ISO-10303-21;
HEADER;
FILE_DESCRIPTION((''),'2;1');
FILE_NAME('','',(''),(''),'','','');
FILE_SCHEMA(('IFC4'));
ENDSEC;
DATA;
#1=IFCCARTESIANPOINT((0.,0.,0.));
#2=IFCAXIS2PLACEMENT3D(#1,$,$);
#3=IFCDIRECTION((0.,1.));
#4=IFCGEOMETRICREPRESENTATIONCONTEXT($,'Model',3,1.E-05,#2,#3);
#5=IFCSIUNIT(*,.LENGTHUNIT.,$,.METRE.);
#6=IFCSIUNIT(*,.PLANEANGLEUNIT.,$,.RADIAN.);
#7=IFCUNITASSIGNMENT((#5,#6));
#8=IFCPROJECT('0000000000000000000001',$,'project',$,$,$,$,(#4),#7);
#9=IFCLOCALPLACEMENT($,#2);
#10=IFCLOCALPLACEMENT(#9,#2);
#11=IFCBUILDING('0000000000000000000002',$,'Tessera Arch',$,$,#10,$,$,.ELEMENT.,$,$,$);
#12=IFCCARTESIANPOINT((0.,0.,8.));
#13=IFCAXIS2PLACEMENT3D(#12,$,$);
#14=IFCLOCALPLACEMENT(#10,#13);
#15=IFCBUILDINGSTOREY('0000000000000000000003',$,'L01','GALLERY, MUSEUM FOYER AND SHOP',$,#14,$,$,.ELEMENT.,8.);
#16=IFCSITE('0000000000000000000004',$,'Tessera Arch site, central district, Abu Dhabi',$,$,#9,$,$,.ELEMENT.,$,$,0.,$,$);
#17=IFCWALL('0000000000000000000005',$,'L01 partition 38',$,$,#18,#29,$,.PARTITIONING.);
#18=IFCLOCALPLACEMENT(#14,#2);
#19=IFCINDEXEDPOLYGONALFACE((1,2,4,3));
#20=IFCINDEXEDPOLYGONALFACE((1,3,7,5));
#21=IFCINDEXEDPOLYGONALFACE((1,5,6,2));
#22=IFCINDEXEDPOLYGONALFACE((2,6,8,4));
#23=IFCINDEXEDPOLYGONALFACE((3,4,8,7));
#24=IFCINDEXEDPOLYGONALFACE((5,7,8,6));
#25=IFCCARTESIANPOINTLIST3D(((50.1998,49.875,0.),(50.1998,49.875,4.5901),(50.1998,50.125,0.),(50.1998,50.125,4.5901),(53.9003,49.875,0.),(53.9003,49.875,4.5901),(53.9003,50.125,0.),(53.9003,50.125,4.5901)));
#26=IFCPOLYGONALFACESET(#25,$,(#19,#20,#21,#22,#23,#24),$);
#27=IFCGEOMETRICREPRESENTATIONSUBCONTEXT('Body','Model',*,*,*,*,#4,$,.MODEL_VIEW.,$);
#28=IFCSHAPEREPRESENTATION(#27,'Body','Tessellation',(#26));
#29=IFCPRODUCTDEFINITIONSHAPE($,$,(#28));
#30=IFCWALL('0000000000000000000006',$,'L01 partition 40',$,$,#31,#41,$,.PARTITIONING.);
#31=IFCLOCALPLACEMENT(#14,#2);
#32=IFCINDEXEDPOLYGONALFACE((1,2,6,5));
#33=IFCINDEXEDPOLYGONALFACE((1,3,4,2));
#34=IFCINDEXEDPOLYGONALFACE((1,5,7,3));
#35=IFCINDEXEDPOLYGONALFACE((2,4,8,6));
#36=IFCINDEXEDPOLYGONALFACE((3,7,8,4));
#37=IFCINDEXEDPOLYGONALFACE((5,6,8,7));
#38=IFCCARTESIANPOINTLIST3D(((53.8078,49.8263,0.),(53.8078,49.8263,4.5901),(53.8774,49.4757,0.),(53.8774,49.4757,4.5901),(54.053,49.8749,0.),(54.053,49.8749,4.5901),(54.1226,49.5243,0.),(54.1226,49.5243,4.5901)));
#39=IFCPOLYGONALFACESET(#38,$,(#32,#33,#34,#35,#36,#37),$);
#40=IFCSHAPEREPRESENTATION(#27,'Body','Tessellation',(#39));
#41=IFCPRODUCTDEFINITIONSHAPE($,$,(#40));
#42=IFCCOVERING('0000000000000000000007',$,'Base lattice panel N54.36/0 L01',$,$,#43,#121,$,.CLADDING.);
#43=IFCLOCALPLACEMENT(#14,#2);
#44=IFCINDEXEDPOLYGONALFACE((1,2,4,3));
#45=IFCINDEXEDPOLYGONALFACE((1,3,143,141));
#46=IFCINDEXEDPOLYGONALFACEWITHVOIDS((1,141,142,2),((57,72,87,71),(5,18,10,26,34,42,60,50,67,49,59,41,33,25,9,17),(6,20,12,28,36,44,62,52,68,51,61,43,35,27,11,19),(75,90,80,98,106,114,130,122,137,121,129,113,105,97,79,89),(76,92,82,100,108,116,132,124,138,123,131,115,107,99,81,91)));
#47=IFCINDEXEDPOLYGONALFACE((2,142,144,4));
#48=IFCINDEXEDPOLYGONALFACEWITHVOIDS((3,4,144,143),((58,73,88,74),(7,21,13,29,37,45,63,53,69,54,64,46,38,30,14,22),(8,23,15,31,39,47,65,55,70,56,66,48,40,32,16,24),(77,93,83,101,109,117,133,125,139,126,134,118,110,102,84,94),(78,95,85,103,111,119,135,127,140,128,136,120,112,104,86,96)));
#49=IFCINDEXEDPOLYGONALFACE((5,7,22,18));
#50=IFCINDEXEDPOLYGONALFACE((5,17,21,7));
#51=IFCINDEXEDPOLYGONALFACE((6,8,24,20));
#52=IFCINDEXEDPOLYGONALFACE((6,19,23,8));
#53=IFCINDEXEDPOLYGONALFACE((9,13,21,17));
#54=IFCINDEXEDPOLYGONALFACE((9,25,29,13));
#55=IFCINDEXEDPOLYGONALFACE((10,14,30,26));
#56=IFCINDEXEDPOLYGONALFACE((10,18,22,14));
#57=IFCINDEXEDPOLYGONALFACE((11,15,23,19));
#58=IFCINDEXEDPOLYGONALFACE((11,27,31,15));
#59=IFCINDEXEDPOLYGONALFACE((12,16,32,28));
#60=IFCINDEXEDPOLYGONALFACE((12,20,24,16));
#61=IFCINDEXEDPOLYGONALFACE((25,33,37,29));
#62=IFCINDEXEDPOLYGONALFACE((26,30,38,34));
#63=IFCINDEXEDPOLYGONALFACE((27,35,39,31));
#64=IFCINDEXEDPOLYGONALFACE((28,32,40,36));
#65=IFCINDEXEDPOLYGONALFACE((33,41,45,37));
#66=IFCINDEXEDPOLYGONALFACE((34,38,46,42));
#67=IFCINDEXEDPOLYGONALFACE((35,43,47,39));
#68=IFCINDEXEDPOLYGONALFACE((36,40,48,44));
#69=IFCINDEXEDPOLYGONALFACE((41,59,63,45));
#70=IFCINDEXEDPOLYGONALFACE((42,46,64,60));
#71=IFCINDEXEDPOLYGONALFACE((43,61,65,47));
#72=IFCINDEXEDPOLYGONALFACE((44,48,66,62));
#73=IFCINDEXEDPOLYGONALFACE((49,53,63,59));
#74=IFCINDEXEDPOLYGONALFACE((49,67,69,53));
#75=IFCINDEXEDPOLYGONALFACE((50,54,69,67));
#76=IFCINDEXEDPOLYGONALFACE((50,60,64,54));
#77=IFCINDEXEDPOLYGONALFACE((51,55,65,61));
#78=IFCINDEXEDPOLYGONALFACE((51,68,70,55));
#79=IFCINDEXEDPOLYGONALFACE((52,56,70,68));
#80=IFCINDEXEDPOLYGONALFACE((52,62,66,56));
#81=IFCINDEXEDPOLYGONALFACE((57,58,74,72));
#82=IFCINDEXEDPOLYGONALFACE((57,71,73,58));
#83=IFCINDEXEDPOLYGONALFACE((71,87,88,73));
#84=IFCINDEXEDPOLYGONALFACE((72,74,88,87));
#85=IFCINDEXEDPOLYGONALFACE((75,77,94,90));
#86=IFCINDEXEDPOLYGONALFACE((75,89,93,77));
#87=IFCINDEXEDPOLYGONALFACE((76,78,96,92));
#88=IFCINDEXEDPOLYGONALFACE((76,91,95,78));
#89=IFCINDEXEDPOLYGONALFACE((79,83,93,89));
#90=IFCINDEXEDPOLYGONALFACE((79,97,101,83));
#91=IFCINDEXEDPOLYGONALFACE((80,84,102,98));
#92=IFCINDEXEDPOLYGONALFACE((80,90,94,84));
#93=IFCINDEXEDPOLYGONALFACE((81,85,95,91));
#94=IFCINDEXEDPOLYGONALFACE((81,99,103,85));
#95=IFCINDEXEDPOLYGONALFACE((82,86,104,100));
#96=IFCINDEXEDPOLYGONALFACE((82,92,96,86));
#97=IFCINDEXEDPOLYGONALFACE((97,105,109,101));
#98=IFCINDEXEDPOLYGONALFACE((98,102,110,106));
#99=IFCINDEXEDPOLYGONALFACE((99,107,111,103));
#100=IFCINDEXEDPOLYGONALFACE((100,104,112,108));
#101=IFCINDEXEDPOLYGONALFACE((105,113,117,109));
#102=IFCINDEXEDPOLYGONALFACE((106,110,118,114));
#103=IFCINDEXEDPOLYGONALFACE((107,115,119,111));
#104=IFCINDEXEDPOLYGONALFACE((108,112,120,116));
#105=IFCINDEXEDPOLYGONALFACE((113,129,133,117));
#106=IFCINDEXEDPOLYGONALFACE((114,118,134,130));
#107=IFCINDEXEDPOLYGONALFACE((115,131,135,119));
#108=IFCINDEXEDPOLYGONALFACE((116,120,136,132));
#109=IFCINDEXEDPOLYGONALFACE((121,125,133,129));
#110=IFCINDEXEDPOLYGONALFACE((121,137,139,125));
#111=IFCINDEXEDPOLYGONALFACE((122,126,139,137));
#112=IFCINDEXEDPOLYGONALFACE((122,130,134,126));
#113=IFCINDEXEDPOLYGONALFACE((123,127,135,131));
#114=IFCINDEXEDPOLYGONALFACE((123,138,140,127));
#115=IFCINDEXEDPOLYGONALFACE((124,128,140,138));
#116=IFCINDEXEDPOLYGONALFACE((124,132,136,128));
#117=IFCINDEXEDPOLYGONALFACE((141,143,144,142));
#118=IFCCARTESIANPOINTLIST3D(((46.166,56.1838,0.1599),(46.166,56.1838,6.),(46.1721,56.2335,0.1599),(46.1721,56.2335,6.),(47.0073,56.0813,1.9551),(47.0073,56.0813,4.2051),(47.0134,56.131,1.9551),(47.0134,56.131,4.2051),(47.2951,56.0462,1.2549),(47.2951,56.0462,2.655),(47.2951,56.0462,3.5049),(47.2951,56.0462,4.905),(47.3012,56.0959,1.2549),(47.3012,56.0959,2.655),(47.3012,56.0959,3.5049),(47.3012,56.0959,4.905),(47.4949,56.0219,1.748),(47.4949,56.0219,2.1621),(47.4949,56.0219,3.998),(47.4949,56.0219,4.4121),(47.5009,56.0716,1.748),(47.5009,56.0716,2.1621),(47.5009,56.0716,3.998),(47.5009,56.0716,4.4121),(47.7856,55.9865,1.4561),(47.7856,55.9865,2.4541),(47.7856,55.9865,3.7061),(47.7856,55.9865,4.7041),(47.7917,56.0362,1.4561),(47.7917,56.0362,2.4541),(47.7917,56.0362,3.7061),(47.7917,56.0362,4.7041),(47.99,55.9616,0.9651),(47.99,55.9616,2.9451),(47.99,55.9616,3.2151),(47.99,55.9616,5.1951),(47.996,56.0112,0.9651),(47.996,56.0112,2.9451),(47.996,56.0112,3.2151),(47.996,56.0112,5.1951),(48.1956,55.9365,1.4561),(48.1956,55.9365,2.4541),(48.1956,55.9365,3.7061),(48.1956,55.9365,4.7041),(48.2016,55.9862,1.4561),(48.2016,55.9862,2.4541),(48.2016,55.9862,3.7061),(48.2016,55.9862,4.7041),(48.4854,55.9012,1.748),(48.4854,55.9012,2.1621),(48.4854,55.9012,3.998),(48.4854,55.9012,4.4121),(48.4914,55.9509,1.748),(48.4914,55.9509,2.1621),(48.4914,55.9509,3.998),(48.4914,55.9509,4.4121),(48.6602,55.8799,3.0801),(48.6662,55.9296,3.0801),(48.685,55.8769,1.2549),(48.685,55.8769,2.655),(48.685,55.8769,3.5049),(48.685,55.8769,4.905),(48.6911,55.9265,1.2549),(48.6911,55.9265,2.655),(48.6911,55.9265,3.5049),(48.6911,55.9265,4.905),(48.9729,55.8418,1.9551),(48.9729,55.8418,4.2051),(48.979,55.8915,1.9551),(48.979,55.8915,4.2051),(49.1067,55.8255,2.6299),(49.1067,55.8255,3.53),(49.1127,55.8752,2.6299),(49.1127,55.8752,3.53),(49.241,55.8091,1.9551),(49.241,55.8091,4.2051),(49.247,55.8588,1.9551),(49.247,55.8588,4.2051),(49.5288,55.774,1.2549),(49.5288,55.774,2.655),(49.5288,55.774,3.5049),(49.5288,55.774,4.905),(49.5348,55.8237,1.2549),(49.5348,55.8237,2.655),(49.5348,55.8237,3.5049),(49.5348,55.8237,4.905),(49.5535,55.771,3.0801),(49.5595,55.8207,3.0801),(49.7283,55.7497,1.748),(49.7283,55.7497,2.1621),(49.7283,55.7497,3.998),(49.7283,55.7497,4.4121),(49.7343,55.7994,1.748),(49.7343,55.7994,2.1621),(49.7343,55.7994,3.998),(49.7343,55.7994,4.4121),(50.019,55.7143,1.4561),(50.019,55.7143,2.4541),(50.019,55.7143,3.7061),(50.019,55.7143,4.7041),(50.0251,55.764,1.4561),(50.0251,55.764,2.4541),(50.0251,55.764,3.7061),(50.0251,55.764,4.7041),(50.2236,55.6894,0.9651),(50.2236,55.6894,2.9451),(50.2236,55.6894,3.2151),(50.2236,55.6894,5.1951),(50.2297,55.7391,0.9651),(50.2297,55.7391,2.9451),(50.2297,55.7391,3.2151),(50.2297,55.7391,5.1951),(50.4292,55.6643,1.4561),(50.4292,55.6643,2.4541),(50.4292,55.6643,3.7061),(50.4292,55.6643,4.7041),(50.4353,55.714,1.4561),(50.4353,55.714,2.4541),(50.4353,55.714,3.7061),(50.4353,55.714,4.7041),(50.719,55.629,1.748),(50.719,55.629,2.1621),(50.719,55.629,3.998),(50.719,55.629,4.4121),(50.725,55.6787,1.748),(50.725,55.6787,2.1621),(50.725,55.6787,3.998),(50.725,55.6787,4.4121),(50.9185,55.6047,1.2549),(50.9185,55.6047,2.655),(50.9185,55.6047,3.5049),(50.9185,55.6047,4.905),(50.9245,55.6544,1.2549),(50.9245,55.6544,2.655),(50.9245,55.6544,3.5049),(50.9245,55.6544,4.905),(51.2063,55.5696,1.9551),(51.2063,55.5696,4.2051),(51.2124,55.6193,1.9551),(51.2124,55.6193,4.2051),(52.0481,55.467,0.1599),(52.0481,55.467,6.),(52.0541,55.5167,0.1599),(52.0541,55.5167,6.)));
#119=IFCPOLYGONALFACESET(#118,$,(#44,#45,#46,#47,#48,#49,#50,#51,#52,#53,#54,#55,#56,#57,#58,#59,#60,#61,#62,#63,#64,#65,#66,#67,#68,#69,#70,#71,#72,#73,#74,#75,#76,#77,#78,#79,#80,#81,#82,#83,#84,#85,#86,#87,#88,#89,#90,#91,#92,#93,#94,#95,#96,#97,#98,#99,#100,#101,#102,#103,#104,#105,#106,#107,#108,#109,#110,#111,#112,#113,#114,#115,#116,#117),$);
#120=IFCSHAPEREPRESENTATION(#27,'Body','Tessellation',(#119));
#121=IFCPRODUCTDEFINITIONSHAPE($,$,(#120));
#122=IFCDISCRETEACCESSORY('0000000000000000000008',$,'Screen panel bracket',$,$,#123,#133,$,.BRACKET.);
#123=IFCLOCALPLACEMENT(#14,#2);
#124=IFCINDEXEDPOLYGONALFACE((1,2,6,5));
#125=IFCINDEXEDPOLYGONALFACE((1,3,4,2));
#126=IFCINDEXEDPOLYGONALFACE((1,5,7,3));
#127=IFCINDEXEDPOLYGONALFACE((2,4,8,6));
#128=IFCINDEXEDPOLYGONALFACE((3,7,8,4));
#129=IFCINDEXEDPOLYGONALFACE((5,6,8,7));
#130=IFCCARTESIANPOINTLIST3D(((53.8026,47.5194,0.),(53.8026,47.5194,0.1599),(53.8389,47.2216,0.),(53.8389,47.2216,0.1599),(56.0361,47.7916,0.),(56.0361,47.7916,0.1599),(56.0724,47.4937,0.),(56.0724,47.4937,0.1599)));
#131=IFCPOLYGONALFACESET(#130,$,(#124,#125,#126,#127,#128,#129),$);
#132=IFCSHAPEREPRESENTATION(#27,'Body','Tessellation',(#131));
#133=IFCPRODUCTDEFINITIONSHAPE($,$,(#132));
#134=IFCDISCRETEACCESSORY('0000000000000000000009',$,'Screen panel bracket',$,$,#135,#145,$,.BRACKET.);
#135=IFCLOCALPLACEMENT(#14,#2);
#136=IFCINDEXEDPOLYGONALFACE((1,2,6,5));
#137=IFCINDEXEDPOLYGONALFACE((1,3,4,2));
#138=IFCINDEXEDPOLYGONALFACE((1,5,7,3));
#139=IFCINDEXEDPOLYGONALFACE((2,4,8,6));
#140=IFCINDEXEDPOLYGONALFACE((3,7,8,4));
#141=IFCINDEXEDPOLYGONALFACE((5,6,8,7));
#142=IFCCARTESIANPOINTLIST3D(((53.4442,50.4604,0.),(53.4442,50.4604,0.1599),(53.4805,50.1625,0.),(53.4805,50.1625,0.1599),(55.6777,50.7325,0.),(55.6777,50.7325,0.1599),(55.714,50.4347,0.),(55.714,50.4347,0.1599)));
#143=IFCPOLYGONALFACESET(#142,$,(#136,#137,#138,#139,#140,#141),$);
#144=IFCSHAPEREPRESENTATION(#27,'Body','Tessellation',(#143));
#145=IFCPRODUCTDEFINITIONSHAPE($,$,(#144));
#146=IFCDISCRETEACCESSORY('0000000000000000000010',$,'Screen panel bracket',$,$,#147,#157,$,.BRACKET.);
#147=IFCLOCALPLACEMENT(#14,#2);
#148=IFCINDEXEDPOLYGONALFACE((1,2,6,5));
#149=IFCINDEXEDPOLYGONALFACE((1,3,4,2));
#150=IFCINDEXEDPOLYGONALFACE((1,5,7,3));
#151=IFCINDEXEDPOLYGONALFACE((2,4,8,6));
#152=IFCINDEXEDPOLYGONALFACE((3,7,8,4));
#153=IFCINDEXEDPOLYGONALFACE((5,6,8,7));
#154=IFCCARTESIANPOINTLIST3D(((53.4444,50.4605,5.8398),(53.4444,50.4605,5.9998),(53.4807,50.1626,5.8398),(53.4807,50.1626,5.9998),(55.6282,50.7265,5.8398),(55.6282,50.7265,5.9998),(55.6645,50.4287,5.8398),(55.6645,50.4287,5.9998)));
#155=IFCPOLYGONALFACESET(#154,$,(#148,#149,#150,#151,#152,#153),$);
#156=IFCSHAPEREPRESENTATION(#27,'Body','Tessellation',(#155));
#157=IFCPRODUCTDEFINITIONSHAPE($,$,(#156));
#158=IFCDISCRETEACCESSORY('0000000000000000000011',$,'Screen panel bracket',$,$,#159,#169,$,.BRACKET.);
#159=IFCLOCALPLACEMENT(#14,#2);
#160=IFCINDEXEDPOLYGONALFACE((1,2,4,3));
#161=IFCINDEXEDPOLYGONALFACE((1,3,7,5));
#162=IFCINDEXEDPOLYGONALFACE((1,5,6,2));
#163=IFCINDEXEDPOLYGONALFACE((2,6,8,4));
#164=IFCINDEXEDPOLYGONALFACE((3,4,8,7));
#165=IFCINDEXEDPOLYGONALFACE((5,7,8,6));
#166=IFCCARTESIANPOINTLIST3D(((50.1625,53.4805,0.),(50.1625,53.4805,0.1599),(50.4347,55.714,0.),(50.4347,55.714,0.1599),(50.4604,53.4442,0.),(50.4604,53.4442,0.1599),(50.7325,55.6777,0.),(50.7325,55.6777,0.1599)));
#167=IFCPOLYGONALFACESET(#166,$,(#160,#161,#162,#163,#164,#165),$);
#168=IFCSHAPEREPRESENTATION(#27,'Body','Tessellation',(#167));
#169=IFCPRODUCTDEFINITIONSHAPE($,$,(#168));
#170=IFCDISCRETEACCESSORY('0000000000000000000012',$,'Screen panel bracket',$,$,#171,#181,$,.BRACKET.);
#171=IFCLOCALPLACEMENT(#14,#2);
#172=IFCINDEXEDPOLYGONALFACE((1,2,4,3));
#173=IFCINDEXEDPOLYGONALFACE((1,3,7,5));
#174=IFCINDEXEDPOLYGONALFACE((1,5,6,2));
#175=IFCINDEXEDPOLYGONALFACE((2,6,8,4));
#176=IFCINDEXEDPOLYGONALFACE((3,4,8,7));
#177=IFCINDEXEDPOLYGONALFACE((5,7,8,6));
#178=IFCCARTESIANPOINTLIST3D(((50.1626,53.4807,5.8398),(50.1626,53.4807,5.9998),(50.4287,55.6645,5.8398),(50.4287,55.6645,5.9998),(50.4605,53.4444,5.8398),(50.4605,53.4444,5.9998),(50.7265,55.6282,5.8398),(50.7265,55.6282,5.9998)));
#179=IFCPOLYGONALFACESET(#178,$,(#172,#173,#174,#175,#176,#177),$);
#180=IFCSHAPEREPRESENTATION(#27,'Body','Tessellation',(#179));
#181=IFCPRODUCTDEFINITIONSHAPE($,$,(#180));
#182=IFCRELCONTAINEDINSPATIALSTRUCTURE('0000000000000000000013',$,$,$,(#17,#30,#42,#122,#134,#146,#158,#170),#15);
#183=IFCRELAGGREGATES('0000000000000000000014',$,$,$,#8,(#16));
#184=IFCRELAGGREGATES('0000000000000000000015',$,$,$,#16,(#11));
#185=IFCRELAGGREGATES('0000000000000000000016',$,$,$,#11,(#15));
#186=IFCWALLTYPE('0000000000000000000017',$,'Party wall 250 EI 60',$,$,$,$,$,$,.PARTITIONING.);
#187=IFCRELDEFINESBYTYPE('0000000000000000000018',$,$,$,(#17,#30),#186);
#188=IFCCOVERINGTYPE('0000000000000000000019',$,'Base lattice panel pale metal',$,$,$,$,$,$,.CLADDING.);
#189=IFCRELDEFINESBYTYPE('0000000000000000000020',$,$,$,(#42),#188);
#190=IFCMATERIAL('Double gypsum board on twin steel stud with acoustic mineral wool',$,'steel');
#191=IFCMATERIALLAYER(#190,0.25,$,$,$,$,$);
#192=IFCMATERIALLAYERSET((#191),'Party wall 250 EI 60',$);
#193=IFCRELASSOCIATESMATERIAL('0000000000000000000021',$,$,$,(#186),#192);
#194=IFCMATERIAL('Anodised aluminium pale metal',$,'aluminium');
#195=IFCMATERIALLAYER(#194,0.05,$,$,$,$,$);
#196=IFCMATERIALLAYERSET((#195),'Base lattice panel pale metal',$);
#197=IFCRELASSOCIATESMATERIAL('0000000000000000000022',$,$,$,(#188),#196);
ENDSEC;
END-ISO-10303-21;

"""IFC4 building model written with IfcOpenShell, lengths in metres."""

from ifc_helpers import new_model, si_unit, direction, frame, frame_2d, origin, origin_2d, place, context, subcontext, project, spatial, polyline, rectangle, outline, extrude, material, layer, layer_set, type_object, element, save


model = new_model("IFC4")

# Units and contexts
model_context = context("Model", 3, precision=1e-05, world=origin(), true_north=direction((0.0, 1.0)))
body_context = subcontext(model_context, "Body", "Model", "MODEL_VIEW")
ifc_project = project(units=[si_unit("LENGTHUNIT", "METRE"), si_unit("PLANEANGLEUNIT", "RADIAN")], contexts=[model_context])

# Site, building, storey
site_placement = place(None, origin())
site = spatial("IfcSite", under=ifc_project, at=site_placement, Name="Tessera Arch site, central district, Abu Dhabi", CompositionType="ELEMENT", RefElevation=0.0)
building_placement = place(site_placement, origin())
building = spatial("IfcBuilding", under=site, at=building_placement, Name="Tessera Arch", CompositionType="ELEMENT")
storey_placement = place(building_placement, frame((0.0, 0.0, 8.0)))
storey = spatial("IfcBuildingStorey", under=building, at=storey_placement, Name="L01", Description="GALLERY, MUSEUM FOYER AND SHOP", CompositionType="ELEMENT", Elevation=8.0)

# Walls
ifc_material_1 = material(Name="Double gypsum board on twin steel stud with acoustic mineral wool", Category="steel")
ifc_layer_1 = layer(ifc_material_1, 0.25)
ifc_layer_set_1 = layer_set([ifc_layer_1], Name="Party wall 250 EI 60")
wall_type_1 = type_object("IfcWallType", Name="Party wall 250 EI 60", PredefinedType="PARTITIONING", material=ifc_layer_set_1)
wall_1_placement = place(storey_placement, frame((50.2, 50.0, 0.0), z_axis=(0.0, 0.0, 1.0), x_axis=(1.0, 0.0, 0.0)))
element("IfcWall", 1, at=wall_1_placement, inside=storey, type_object=wall_type_1, Name="L01 partition 38", PredefinedType="PARTITIONING", context=body_context, shape_type="SweptSolid", body=[
    extrude(rectangle(XDim=3.7004, YDim=0.25, at=frame_2d((1.8501, 0.0))), origin(), (0.0, 0.0, 1.0), 4.5901),
])
wall_2_placement = place(storey_placement, frame((53.9304, 49.8506, 0.0), z_axis=(0.0, 0.0, 1.0), x_axis=(0.194671, -0.980869, 0.0)))
element("IfcWall", 2, at=wall_2_placement, inside=storey, type_object=wall_type_1, Name="L01 partition 40", PredefinedType="PARTITIONING", context=body_context, shape_type="SweptSolid", body=[
    extrude(rectangle(XDim=0.3574, YDim=0.25, at=frame_2d((0.1787, 0.0))), origin(), (0.0, 0.0, 1.0), 4.5901),
])

# Covering
ifc_material_2 = material(Name="Anodised aluminium pale metal", Category="aluminium")
ifc_layer_2 = layer(ifc_material_2, 0.05)
ifc_layer_set_2 = layer_set([ifc_layer_2], Name="Base lattice panel pale metal")
covering_type = type_object("IfcCoveringType", Name="Base lattice panel pale metal", PredefinedType="CLADDING", material=ifc_layer_set_2)
covering_placement = place(storey_placement, frame((52.0481, 55.467, 6.0), z_axis=(-0.120966, -0.992657, 0.0), x_axis=(-0.992657, 0.120966, 0.0)))
element("IfcCovering", 3, at=covering_placement, inside=storey, type_object=covering_type, Name="Base lattice panel N54.36/0 L01", PredefinedType="CLADDING", context=body_context, shape_type="SweptSolid", body=[
    extrude(outline(polyline([(0.0, 0.0), (5.9256, 0.0), (5.9256, 5.8401), (0.0, 5.8401), (0.0, 0.0)]), holes=[polyline([(2.8279, 4.0449), (2.337, 3.8379), (2.5379, 3.345), (2.0441, 3.5459), (1.838, 3.0549), (1.6309, 3.5459), (1.138, 3.345), (1.339, 3.8379), (0.848, 4.0449), (1.339, 4.252), (1.138, 4.7451), (1.6309, 4.5439), (1.838, 5.0349), (2.0441, 4.5439), (2.5379, 4.7451), (2.337, 4.252), (2.8279, 4.0449)]), polyline([(2.8279, 1.7949), (2.337, 1.5879), (2.5379, 1.095), (2.0441, 1.2959), (1.838, 0.8049), (1.6309, 1.2959), (1.138, 1.095), (1.339, 1.5879), (0.848, 1.7949), (1.339, 2.002), (1.138, 2.4951), (1.6309, 2.2939), (1.838, 2.7849), (2.0441, 2.2939), (2.5379, 2.4951), (2.337, 2.002), (2.8279, 1.7949)]), polyline([(5.0781, 4.0449), (4.5869, 3.8379), (4.7881, 3.345), (4.294, 3.5459), (4.0881, 3.0549), (3.881, 3.5459), (3.3879, 3.345), (3.5891, 3.8379), (3.0979, 4.0449), (3.5891, 4.252), (3.3879, 4.7451), (3.881, 4.5439), (4.0881, 5.0349), (4.294, 4.5439), (4.7881, 4.7451), (4.5869, 4.252), (5.0781, 4.0449)]), polyline([(5.0781, 1.7949), (4.5869, 1.5879), (4.7881, 1.095), (4.294, 1.2959), (4.0881, 0.8049), (3.881, 1.2959), (3.3879, 1.095), (3.5891, 1.5879), (3.0979, 1.7949), (3.5891, 2.002), (3.3879, 2.4951), (3.881, 2.2939), (4.0881, 2.7849), (4.294, 2.2939), (4.7881, 2.4951), (4.5869, 2.002), (5.0781, 1.7949)]), polyline([(3.413, 2.9199), (2.9632, 2.47), (2.5131, 2.9199), (2.9632, 3.3701), (3.413, 2.9199)])]), origin(), (0.0, 0.0, -1.0), 0.05),
])

# Discrete accessories
for number, where, z_axis, x_axis, name in (
    (4, (54.9375, 47.5066, 0.0), (0.0, 0.0, 1.0), (0.992658, 0.120951, 0.0), "Screen panel bracket"),
    (5, (54.5791, 50.4475, 0.0), (0.0, 0.0, 1.0), (0.992658, 0.120951, 0.0), "Screen panel bracket"),
):
    element("IfcDiscreteAccessory", number, at=place(storey_placement, frame(where, z_axis=z_axis, x_axis=x_axis)), inside=storey, Name=name, PredefinedType="BRACKET", context=body_context, shape_type="SweptSolid", body=[
        extrude(rectangle(XDim=2.25, YDim=0.3, at=origin_2d()), origin(), (0.0, 0.0, 1.0), 0.1599),
    ])
discrete_accessory_1_placement = place(storey_placement, frame((54.5544, 50.4446, 5.8398), z_axis=(0.0, 0.0, 1.0), x_axis=(0.992658, 0.120951, 0.0)))
element("IfcDiscreteAccessory", 6, at=discrete_accessory_1_placement, inside=storey, Name="Screen panel bracket", PredefinedType="BRACKET", context=body_context, shape_type="SweptSolid", body=[
    extrude(rectangle(XDim=2.2, YDim=0.3, at=origin_2d()), origin(), (0.0, 0.0, 1.0), 0.1599),
])
discrete_accessory_2_placement = place(storey_placement, frame((50.4475, 54.5791, 0.0), z_axis=(0.0, 0.0, 1.0), x_axis=(0.120951, 0.992658, 0.0)))
element("IfcDiscreteAccessory", 7, at=discrete_accessory_2_placement, inside=storey, Name="Screen panel bracket", PredefinedType="BRACKET", context=body_context, shape_type="SweptSolid", body=[
    extrude(rectangle(XDim=2.25, YDim=0.3, at=origin_2d()), origin(), (0.0, 0.0, 1.0), 0.1599),
])
discrete_accessory_3_placement = place(storey_placement, frame((50.4446, 54.5544, 5.8398), z_axis=(0.0, 0.0, 1.0), x_axis=(0.120951, 0.992658, 0.0)))
element("IfcDiscreteAccessory", 8, at=discrete_accessory_3_placement, inside=storey, Name="Screen panel bracket", PredefinedType="BRACKET", context=body_context, shape_type="SweptSolid", body=[
    extrude(rectangle(XDim=2.2, YDim=0.3, at=origin_2d()), origin(), (0.0, 0.0, 1.0), 0.1599),
])

save(model, "model.ifc")
